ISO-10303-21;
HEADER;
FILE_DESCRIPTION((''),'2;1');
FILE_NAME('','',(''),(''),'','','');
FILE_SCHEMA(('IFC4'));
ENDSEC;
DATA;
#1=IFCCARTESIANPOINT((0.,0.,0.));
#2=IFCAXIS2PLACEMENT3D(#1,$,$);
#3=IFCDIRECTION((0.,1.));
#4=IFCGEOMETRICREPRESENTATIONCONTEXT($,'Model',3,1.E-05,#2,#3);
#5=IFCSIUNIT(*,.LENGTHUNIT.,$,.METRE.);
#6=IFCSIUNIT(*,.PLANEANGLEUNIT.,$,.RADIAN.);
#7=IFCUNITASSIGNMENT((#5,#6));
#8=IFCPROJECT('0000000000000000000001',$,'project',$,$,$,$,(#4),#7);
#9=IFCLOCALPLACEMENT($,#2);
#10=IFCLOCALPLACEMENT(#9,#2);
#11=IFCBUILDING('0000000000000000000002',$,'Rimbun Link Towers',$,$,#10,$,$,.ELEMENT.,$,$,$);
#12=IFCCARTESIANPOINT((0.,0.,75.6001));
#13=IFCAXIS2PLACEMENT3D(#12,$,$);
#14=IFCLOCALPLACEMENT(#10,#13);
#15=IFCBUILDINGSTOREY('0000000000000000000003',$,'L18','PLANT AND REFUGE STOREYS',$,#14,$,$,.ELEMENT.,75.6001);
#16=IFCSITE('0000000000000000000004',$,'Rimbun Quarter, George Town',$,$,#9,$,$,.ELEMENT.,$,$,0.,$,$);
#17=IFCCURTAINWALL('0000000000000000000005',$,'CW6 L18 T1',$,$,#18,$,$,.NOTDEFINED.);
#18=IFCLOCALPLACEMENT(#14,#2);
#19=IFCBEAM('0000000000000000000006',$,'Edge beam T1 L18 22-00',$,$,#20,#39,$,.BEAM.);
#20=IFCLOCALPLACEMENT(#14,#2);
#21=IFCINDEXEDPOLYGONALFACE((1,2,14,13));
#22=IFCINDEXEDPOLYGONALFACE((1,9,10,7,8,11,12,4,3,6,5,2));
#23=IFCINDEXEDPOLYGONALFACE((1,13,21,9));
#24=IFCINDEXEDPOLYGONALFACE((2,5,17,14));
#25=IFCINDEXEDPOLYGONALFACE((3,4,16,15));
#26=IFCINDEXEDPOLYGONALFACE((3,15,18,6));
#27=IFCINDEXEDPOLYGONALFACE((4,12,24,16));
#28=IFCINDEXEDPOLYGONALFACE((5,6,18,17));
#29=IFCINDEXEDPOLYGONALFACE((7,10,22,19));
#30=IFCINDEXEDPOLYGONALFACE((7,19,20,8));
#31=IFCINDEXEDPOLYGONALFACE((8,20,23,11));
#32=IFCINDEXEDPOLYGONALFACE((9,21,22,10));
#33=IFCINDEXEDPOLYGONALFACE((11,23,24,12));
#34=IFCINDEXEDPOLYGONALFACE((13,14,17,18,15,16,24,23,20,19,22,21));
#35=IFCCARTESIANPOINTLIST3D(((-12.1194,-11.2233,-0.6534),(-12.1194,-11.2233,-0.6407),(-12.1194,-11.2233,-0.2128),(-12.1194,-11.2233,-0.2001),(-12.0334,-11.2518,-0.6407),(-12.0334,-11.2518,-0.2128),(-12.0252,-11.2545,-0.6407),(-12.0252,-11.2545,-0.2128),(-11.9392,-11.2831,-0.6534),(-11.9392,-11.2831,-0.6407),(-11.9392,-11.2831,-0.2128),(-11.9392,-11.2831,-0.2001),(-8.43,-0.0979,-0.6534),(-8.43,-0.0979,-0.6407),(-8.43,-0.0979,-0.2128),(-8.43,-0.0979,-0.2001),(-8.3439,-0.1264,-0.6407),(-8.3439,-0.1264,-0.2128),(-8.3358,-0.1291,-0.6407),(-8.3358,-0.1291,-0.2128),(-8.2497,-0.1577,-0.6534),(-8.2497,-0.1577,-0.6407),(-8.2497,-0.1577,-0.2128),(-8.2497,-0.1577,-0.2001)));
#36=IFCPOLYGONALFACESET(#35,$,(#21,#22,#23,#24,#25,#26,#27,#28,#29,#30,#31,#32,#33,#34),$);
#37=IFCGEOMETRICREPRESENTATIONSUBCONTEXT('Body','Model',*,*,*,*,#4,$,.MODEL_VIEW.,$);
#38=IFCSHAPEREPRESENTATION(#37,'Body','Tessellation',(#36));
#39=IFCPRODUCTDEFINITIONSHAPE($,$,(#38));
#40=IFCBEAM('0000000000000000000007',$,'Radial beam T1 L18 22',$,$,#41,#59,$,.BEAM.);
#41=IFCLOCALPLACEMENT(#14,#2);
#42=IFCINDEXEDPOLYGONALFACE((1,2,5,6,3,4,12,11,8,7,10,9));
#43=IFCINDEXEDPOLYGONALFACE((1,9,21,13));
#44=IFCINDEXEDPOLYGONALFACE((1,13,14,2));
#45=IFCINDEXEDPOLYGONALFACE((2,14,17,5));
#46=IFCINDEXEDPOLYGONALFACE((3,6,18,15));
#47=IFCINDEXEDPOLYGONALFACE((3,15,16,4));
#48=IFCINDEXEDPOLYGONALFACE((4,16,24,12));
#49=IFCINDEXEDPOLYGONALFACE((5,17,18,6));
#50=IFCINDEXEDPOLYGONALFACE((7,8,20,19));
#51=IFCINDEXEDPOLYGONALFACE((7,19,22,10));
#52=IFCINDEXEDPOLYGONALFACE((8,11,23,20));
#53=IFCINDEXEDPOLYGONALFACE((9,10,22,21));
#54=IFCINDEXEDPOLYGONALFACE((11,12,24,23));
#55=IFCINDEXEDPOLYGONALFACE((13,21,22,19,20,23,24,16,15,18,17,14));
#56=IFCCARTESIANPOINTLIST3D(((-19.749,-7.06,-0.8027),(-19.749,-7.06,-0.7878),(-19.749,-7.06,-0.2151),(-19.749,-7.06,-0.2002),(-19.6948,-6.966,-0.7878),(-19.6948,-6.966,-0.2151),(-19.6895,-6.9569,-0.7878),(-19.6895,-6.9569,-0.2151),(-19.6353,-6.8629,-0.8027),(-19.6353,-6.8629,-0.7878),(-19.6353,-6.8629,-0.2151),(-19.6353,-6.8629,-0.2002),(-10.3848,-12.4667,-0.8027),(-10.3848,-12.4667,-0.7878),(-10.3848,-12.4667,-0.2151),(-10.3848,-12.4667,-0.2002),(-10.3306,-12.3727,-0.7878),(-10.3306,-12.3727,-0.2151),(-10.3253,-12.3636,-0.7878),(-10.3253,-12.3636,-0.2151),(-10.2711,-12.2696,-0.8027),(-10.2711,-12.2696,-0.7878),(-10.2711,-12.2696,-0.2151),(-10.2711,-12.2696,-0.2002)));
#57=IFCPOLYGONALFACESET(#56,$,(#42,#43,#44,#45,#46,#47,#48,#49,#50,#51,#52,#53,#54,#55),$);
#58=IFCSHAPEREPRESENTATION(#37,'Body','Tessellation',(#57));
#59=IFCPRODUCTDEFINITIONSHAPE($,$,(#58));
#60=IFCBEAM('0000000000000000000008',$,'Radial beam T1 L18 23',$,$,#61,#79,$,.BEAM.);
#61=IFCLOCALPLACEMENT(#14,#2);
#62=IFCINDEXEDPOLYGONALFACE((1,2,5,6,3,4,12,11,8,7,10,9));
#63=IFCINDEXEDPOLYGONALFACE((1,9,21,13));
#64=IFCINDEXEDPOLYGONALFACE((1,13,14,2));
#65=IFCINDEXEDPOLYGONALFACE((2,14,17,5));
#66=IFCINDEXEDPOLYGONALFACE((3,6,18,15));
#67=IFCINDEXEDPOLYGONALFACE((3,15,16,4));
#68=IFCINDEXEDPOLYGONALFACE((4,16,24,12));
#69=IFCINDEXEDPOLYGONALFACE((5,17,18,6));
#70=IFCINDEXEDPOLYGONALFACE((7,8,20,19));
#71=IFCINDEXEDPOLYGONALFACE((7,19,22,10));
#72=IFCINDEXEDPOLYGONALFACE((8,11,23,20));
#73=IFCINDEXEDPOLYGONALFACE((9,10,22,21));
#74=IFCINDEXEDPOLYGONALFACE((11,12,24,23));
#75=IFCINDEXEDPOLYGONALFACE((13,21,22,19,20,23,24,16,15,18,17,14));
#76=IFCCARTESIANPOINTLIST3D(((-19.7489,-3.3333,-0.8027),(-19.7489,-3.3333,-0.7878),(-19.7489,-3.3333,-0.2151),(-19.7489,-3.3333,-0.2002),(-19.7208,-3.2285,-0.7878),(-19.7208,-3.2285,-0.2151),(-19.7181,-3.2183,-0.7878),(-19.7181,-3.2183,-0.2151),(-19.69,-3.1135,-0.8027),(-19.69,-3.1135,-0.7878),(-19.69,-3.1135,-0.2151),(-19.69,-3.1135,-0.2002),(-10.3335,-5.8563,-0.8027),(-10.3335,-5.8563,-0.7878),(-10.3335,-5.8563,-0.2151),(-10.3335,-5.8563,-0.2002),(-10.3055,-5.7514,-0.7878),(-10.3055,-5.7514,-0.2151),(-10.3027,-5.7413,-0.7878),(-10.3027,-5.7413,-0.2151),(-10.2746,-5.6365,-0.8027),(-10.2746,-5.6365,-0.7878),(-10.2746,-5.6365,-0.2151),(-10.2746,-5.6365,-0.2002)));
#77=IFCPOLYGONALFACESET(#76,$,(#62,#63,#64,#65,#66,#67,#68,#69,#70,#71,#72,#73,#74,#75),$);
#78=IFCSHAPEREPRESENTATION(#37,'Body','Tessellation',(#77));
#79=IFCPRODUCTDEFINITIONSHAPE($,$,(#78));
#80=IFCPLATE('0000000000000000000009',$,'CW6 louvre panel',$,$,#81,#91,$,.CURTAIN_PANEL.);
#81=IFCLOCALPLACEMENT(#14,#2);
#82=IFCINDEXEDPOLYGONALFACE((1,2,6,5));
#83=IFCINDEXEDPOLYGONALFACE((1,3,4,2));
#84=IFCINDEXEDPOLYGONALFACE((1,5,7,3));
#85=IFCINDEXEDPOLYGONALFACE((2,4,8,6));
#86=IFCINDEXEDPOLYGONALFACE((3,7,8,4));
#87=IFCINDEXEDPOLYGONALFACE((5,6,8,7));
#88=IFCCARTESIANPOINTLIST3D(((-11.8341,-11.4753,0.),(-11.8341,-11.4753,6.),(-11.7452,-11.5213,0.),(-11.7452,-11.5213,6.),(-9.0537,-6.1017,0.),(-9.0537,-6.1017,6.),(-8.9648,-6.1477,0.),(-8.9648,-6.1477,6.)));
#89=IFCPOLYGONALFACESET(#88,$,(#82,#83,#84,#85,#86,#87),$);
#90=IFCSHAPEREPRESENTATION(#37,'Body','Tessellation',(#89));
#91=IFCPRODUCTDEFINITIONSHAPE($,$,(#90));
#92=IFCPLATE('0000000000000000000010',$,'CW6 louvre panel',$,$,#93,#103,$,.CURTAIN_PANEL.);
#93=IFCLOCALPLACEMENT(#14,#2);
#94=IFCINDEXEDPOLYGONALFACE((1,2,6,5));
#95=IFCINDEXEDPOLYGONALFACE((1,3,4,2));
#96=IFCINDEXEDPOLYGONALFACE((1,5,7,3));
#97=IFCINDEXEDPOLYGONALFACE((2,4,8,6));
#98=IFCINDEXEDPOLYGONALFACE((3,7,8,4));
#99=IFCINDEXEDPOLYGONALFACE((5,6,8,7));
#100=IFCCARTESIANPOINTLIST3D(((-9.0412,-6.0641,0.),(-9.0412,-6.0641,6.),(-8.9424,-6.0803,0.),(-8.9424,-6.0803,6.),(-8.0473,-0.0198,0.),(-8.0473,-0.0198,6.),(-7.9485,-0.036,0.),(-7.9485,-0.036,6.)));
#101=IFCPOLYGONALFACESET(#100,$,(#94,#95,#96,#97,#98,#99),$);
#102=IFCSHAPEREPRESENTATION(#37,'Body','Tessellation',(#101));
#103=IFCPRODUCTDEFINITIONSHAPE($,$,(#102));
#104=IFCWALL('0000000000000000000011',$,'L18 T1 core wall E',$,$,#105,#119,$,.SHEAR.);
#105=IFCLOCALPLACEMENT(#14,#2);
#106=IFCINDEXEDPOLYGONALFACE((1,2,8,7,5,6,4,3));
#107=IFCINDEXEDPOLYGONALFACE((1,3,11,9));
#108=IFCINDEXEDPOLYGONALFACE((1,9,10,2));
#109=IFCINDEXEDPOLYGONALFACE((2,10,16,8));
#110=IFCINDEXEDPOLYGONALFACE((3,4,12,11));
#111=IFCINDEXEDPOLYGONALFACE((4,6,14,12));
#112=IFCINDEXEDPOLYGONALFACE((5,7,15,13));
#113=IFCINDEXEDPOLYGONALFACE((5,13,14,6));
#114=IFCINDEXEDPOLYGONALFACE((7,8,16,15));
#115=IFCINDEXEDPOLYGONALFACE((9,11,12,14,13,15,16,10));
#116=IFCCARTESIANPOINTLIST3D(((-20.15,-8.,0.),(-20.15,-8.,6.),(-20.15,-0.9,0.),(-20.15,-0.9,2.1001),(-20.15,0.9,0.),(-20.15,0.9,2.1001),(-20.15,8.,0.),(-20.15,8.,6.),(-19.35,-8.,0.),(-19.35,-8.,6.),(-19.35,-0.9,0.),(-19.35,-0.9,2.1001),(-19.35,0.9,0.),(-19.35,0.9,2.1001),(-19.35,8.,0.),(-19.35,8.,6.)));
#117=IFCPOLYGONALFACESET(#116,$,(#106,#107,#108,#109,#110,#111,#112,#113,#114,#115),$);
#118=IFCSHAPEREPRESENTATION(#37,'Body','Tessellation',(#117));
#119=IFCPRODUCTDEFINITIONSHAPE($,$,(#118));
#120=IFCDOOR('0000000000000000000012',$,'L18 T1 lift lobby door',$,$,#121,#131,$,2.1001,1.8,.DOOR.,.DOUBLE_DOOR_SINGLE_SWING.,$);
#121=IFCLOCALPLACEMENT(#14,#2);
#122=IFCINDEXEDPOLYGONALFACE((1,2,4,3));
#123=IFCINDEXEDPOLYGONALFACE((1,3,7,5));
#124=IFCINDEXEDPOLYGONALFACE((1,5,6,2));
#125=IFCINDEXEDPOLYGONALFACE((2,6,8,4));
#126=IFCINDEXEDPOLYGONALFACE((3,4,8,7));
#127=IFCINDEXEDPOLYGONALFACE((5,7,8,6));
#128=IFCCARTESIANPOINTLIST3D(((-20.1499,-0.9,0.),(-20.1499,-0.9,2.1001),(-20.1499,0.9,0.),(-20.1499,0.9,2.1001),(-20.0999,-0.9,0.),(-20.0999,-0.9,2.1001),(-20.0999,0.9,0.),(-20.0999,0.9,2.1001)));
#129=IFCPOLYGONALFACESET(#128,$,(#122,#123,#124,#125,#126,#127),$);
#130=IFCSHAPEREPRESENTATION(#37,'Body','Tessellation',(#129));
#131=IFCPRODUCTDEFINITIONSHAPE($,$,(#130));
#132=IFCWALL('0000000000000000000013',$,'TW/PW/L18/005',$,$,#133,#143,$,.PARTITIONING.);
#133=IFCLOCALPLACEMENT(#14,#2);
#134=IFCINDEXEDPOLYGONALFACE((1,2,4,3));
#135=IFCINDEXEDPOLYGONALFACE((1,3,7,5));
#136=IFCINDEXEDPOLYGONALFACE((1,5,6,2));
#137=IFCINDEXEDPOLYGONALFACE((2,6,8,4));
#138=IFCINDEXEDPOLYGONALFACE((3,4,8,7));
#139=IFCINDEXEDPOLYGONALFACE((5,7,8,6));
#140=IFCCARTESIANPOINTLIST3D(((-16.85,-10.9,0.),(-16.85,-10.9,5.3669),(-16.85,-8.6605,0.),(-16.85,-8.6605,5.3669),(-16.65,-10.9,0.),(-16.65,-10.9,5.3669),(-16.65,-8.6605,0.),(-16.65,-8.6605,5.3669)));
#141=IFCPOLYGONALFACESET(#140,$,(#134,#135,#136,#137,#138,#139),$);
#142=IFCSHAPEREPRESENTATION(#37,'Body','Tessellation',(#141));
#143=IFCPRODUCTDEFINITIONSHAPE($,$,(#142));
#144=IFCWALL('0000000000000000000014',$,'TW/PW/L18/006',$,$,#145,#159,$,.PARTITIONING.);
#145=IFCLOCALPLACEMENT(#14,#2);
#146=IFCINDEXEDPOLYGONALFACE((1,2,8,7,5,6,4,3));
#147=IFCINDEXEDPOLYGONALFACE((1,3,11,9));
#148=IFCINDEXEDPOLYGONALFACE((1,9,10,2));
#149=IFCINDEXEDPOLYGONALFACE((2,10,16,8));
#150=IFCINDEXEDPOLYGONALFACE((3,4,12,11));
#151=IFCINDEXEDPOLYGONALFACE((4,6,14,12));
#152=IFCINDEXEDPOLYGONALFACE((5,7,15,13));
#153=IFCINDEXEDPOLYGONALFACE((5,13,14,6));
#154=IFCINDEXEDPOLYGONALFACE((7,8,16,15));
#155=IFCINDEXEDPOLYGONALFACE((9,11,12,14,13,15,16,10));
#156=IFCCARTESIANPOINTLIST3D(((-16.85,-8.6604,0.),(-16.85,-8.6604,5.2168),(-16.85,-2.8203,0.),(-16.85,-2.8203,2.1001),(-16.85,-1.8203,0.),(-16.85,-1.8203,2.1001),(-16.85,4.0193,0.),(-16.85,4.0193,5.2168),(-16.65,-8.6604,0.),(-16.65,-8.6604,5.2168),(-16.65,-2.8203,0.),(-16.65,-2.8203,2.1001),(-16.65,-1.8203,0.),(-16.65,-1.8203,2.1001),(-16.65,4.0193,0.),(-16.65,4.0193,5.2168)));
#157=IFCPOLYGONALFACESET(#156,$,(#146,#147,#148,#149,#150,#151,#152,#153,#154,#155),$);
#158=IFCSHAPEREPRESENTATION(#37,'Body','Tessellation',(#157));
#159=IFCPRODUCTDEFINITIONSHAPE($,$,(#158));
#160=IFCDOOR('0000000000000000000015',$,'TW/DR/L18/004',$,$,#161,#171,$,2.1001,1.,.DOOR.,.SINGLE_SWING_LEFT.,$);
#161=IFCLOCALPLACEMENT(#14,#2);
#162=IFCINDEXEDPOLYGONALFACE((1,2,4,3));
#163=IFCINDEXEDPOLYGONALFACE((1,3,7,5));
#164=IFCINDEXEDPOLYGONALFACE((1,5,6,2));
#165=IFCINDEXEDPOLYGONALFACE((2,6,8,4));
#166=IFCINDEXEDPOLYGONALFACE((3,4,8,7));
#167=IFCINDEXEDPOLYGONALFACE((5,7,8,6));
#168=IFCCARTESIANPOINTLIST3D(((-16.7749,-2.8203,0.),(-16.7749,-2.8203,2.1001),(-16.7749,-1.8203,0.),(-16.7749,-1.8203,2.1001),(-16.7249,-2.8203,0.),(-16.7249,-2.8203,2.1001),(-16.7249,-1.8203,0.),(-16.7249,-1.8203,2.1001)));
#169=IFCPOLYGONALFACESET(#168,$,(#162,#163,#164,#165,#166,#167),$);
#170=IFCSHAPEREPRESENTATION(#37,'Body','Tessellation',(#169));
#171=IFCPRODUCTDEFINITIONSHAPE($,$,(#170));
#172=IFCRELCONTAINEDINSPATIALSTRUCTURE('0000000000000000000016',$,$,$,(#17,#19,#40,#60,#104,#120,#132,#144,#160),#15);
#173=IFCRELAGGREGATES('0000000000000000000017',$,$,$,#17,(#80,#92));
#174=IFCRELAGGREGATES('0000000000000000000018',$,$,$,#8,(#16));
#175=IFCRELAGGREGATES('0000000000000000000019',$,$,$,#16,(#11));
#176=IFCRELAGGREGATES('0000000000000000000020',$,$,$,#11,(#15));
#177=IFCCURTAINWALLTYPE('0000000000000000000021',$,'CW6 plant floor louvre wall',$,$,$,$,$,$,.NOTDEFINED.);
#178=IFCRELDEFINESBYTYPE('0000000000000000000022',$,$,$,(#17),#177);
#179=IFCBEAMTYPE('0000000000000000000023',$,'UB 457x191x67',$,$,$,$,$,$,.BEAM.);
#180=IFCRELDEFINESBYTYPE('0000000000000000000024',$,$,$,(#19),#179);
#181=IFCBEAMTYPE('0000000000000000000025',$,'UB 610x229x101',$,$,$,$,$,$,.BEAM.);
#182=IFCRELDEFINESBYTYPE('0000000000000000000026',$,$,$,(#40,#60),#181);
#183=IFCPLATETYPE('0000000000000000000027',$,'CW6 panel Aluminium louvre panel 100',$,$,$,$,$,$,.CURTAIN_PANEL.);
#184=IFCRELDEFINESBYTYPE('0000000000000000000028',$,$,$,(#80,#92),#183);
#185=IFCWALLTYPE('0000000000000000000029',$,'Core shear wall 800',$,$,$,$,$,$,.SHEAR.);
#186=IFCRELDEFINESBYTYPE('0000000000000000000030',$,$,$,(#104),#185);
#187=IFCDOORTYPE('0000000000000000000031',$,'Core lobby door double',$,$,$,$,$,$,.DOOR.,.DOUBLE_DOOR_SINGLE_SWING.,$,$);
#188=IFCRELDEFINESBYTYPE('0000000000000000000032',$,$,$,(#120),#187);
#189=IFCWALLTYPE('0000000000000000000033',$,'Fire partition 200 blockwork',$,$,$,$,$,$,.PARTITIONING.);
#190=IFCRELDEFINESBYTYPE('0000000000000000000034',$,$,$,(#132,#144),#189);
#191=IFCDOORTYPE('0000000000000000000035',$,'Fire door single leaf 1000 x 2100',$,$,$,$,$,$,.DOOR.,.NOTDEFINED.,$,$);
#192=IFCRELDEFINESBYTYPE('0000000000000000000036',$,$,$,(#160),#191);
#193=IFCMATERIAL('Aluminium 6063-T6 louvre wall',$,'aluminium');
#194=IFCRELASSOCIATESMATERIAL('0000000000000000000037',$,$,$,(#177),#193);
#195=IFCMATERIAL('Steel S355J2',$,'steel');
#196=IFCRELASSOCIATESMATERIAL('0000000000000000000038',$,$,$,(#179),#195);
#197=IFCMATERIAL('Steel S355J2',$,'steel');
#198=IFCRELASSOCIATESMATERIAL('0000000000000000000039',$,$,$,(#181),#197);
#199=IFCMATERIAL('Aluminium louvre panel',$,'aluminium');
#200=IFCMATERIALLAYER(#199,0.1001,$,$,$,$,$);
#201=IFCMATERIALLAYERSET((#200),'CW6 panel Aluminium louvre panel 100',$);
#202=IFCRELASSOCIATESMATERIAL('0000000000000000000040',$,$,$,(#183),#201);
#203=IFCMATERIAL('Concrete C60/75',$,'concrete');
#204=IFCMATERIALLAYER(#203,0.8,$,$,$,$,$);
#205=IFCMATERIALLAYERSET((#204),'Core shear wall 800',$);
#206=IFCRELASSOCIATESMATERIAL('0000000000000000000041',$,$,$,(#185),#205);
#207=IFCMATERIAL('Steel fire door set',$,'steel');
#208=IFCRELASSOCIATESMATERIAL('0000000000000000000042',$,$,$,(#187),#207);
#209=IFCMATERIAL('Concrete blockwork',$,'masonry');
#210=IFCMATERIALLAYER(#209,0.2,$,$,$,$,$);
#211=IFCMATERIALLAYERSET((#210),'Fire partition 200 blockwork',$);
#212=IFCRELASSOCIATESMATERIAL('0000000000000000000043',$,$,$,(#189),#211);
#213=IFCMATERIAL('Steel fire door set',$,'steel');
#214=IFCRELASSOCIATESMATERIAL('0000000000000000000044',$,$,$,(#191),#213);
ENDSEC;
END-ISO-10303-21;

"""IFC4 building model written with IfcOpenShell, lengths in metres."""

from ifc_helpers import new_model, si_unit, direction, frame, frame_2d, origin, origin_2d, place, context, subcontext, project, spatial, rectangle, i_section, extrude, material, layer, layer_set, material_profile, profile_set, type_object, element, fill, aggregate, save


model = new_model("IFC4")

# Units and contexts
model_context = context("Model", 3, precision=1e-05, world=origin(), true_north=direction((0.0, 1.0)))
body_context = subcontext(model_context, "Body", "Model", "MODEL_VIEW")
ifc_project = project(units=[si_unit("LENGTHUNIT", "METRE"), si_unit("PLANEANGLEUNIT", "RADIAN")], contexts=[model_context])

# Site, building, storey
site_placement = place(None, origin())
site = spatial("IfcSite", under=ifc_project, at=site_placement, Name="Rimbun Quarter, George Town", CompositionType="ELEMENT", RefElevation=0.0)
building_placement = place(site_placement, origin())
building = spatial("IfcBuilding", under=site, at=building_placement, Name="Rimbun Link Towers", CompositionType="ELEMENT")
storey_placement = place(building_placement, frame((0.0, 0.0, 75.6001)))
storey = spatial("IfcBuildingStorey", under=building, at=storey_placement, Name="L18", Description="PLANT AND REFUGE STOREYS", CompositionType="ELEMENT", Elevation=75.6001)

# Curtain wall
ifc_material_1 = material(Name="Aluminium 6063-T6 louvre wall", Category="aluminium")
curtain_wall_type = type_object("IfcCurtainWallType", Name="CW6 plant floor louvre wall", PredefinedType="NOTDEFINED", material=ifc_material_1)
curtain_wall_placement = place(storey_placement, origin())
curtain_wall = element("IfcCurtainWall", 1, at=curtain_wall_placement, inside=storey, type_object=curtain_wall_type, Name="CW6 L18 T1", PredefinedType="NOTDEFINED")

# Beams
ifc_material_2 = material(Name="Steel S355J2", Category="steel")
ifc_material_profile_1 = material_profile(ifc_material_2, i_section(OverallWidth=0.1899, OverallDepth=0.4534, WebThickness=0.0085, FlangeThickness=0.0127, at=origin_2d()), Name="UB 457x191x67")
ifc_profile_set_1 = profile_set([ifc_material_profile_1], Name="Steel S355J2")
beam_type_1 = type_object("IfcBeamType", Name="UB 457x191x67", PredefinedType="BEAM", material=ifc_profile_set_1)
beam_1_placement = place(storey_placement, frame((-12.0293, -11.2532, -0.4268), z_axis=(0.314765, 0.94917, 0.0), x_axis=(-0.94917, 0.314765, 0.0)))
element("IfcBeam", 2, at=beam_1_placement, inside=storey, type_object=beam_type_1, Name="Edge beam T1 L18 22-00", PredefinedType="BEAM", context=body_context, shape_type="SweptSolid", body=[
    extrude(i_section(OverallWidth=0.1899, OverallDepth=0.4534, WebThickness=0.0085, FlangeThickness=0.0127, at=origin_2d()), origin(), (0.0, 0.0, 1.0), 11.7212),
])
ifc_material_3 = material(Name="Steel S355J2", Category="steel")
ifc_material_profile_2 = material_profile(ifc_material_3, i_section(OverallWidth=0.2275, OverallDepth=0.6025, WebThickness=0.0105, FlangeThickness=0.0149, at=origin_2d()), Name="UB 610x229x101")
ifc_profile_set_2 = profile_set([ifc_material_profile_2], Name="Steel S355J2")
beam_type_2 = type_object("IfcBeamType", Name="UB 610x229x101", PredefinedType="BEAM", material=ifc_profile_set_2)
beam_2_placement = place(storey_placement, frame((-19.6921, -6.9614, -0.5015), z_axis=(0.866014, -0.50002, 0.0), x_axis=(0.50002, 0.866014, 0.0)))
element("IfcBeam", 3, at=beam_2_placement, inside=storey, type_object=beam_type_2, Name="Radial beam T1 L18 22", PredefinedType="BEAM", context=body_context, shape_type="SweptSolid", body=[
    extrude(i_section(OverallWidth=0.2275, OverallDepth=0.6025, WebThickness=0.0105, FlangeThickness=0.0149, at=origin_2d()), origin(), (0.0, 0.0, 1.0), 10.813),
])
beam_3_placement = place(storey_placement, frame((-19.7195, -3.2234, -0.5015), z_axis=(0.965922, -0.258832, 0.0), x_axis=(0.258832, 0.965922, 0.0)))
element("IfcBeam", 4, at=beam_3_placement, inside=storey, type_object=beam_type_2, Name="Radial beam T1 L18 23", PredefinedType="BEAM", context=body_context, shape_type="SweptSolid", body=[
    extrude(i_section(OverallWidth=0.2275, OverallDepth=0.6025, WebThickness=0.0105, FlangeThickness=0.0149, at=origin_2d()), origin(), (0.0, 0.0, 1.0), 9.7476),
])

# Plates
ifc_material_4 = material(Name="Aluminium louvre panel", Category="aluminium")
ifc_layer_1 = layer(ifc_material_4, 0.1001)
ifc_layer_set_1 = layer_set([ifc_layer_1], Name="CW6 panel Aluminium louvre panel 100")
plate_type = type_object("IfcPlateType", Name="CW6 panel Aluminium louvre panel 100", PredefinedType="CURTAIN_PANEL", material=ifc_layer_set_1)
plate_1_placement = place(storey_placement, frame((-10.3994, -8.8115, 0.0), z_axis=(0.0, 0.0, 1.0), x_axis=(-0.459544, -0.888155, 0.0)))
plate_1 = element("IfcPlate", 5, at=plate_1_placement, type_object=plate_type, Name="CW6 louvre panel", PredefinedType="CURTAIN_PANEL", context=body_context, shape_type="SweptSolid", body=[
    extrude(rectangle(XDim=6.0503, YDim=0.1001, at=origin_2d()), origin(), (0.0, 0.0, 1.0), 6.0),
])
plate_2_placement = place(storey_placement, frame((-8.4949, -3.05, 0.0), z_axis=(0.0, 0.0, 1.0), x_axis=(-0.162255, -0.986749, 0.0)))
plate_2 = element("IfcPlate", 6, at=plate_2_placement, type_object=plate_type, Name="CW6 louvre panel", PredefinedType="CURTAIN_PANEL", context=body_context, shape_type="SweptSolid", body=[
    extrude(rectangle(XDim=6.1255, YDim=0.1001, at=origin_2d()), origin(), (0.0, 0.0, 1.0), 6.0),
])
aggregate(curtain_wall, [plate_1, plate_2])

# Wall, opening, door
ifc_material_5 = material(Name="Concrete C60/75", Category="concrete")
ifc_layer_2 = layer(ifc_material_5, 0.8)
ifc_layer_set_2 = layer_set([ifc_layer_2], Name="Core shear wall 800")
wall_type_1 = type_object("IfcWallType", Name="Core shear wall 800", PredefinedType="SHEAR", material=ifc_layer_set_2)
wall_1_placement = place(storey_placement, frame((-19.75, -8.0, 0.0), z_axis=(0.0, 0.0, 1.0), x_axis=(0.0, 1.0, 0.0)))
wall_1 = element("IfcWall", 7, at=wall_1_placement, inside=storey, type_object=wall_type_1, Name="L18 T1 core wall E", PredefinedType="SHEAR", context=body_context, shape_type="SweptSolid", body=[
    extrude(rectangle(XDim=16.0, YDim=0.8, at=frame_2d((8.0, 0.0))), origin(), (0.0, 0.0, 1.0), 6.0),
])
opening_1_placement = place(wall_1_placement, frame((7.1001, 0.0, 0.0)))
opening_1 = element("IfcOpeningElement", 8, at=opening_1_placement, cuts=wall_1, PredefinedType="OPENING", context=body_context, shape_type="SweptSolid", body=[
    extrude(rectangle(XDim=1.8, YDim=2.1001, at=frame_2d((0.8999, 1.05))), frame((0.0, 0.4099, 0.0), z_axis=(0.0, -1.0, 0.0), x_axis=(1.0, 0.0, 0.0)), (0.0, 0.0, 1.0), 0.8201),
])
ifc_material_6 = material(Name="Steel fire door set", Category="steel")
door_type_1 = type_object("IfcDoorType", Name="Core lobby door double", OperationType="DOUBLE_DOOR_SINGLE_SWING", PredefinedType="DOOR", material=ifc_material_6)
door_1_placement = place(opening_1_placement, origin())
door_1 = element("IfcDoor", 9, at=door_1_placement, inside=storey, type_object=door_type_1, Name="L18 T1 lift lobby door", OperationType="DOUBLE_DOOR_SINGLE_SWING", OverallHeight=2.1001, OverallWidth=1.8, PredefinedType="DOOR", context=body_context, shape_type="SweptSolid", body=[
    extrude(rectangle(XDim=1.8, YDim=2.1001, at=frame_2d((0.8999, 1.05))), frame((0.0, 0.3999, 0.0), z_axis=(0.0, -1.0, 0.0), x_axis=(1.0, 0.0, 0.0)), (0.0, 0.0, 1.0), 0.05),
])
fill(opening_1, door_1)

# Wall
ifc_material_7 = material(Name="Concrete blockwork", Category="masonry")
ifc_layer_3 = layer(ifc_material_7, 0.2)
ifc_layer_set_3 = layer_set([ifc_layer_3], Name="Fire partition 200 blockwork")
wall_type_2 = type_object("IfcWallType", Name="Fire partition 200 blockwork", PredefinedType="PARTITIONING", material=ifc_layer_set_3)
wall_2_placement = place(storey_placement, frame((-16.75, -10.8999, 0.0), z_axis=(0.0, 0.0, 1.0), x_axis=(0.0, 1.0, 0.0)))
element("IfcWall", 10, at=wall_2_placement, inside=storey, type_object=wall_type_2, Name="TW/PW/L18/005", PredefinedType="PARTITIONING", context=body_context, shape_type="SweptSolid", body=[
    extrude(rectangle(XDim=2.2395, YDim=0.2, at=frame_2d((1.1196, 0.0))), origin(), (0.0, 0.0, 1.0), 5.3669),
])

# Wall, opening, door
wall_3_placement = place(storey_placement, frame((-16.75, -8.6604, 0.0), z_axis=(0.0, 0.0, 1.0), x_axis=(0.0, 1.0, 0.0)))
wall_3 = element("IfcWall", 11, at=wall_3_placement, inside=storey, type_object=wall_type_2, Name="TW/PW/L18/006", PredefinedType="PARTITIONING", context=body_context, shape_type="SweptSolid", body=[
    extrude(rectangle(XDim=12.6797, YDim=0.2, at=frame_2d((6.3398, 0.0))), origin(), (0.0, 0.0, 1.0), 5.2168),
])
opening_2_placement = place(wall_3_placement, frame((5.8401, 0.0, 0.0)))
opening_2 = element("IfcOpeningElement", 12, at=opening_2_placement, cuts=wall_3, PredefinedType="OPENING", context=body_context, shape_type="SweptSolid", body=[
    extrude(rectangle(XDim=1.0, YDim=2.1001, at=frame_2d((0.5, 1.05))), frame((0.0, 0.1099, 0.0), z_axis=(0.0, -1.0, 0.0), x_axis=(1.0, 0.0, 0.0)), (0.0, 0.0, 1.0), 0.22),
])
ifc_material_8 = material(Name="Steel fire door set", Category="steel")
door_type_2 = type_object("IfcDoorType", Name="Fire door single leaf 1000 x 2100", OperationType="NOTDEFINED", PredefinedType="DOOR", material=ifc_material_8)
door_2_placement = place(opening_2_placement, origin())
door_2 = element("IfcDoor", 13, at=door_2_placement, inside=storey, type_object=door_type_2, Name="TW/DR/L18/004", OperationType="SINGLE_SWING_LEFT", OverallHeight=2.1001, OverallWidth=1.0, PredefinedType="DOOR", context=body_context, shape_type="SweptSolid", body=[
    extrude(rectangle(XDim=1.0, YDim=2.1001, at=frame_2d((0.5, 1.05))), frame((0.0, 0.0249, 0.0), z_axis=(0.0, -1.0, 0.0), x_axis=(1.0, 0.0, 0.0)), (0.0, 0.0, 1.0), 0.05),
])
fill(opening_2, door_2)

save(model, "model.ifc")
